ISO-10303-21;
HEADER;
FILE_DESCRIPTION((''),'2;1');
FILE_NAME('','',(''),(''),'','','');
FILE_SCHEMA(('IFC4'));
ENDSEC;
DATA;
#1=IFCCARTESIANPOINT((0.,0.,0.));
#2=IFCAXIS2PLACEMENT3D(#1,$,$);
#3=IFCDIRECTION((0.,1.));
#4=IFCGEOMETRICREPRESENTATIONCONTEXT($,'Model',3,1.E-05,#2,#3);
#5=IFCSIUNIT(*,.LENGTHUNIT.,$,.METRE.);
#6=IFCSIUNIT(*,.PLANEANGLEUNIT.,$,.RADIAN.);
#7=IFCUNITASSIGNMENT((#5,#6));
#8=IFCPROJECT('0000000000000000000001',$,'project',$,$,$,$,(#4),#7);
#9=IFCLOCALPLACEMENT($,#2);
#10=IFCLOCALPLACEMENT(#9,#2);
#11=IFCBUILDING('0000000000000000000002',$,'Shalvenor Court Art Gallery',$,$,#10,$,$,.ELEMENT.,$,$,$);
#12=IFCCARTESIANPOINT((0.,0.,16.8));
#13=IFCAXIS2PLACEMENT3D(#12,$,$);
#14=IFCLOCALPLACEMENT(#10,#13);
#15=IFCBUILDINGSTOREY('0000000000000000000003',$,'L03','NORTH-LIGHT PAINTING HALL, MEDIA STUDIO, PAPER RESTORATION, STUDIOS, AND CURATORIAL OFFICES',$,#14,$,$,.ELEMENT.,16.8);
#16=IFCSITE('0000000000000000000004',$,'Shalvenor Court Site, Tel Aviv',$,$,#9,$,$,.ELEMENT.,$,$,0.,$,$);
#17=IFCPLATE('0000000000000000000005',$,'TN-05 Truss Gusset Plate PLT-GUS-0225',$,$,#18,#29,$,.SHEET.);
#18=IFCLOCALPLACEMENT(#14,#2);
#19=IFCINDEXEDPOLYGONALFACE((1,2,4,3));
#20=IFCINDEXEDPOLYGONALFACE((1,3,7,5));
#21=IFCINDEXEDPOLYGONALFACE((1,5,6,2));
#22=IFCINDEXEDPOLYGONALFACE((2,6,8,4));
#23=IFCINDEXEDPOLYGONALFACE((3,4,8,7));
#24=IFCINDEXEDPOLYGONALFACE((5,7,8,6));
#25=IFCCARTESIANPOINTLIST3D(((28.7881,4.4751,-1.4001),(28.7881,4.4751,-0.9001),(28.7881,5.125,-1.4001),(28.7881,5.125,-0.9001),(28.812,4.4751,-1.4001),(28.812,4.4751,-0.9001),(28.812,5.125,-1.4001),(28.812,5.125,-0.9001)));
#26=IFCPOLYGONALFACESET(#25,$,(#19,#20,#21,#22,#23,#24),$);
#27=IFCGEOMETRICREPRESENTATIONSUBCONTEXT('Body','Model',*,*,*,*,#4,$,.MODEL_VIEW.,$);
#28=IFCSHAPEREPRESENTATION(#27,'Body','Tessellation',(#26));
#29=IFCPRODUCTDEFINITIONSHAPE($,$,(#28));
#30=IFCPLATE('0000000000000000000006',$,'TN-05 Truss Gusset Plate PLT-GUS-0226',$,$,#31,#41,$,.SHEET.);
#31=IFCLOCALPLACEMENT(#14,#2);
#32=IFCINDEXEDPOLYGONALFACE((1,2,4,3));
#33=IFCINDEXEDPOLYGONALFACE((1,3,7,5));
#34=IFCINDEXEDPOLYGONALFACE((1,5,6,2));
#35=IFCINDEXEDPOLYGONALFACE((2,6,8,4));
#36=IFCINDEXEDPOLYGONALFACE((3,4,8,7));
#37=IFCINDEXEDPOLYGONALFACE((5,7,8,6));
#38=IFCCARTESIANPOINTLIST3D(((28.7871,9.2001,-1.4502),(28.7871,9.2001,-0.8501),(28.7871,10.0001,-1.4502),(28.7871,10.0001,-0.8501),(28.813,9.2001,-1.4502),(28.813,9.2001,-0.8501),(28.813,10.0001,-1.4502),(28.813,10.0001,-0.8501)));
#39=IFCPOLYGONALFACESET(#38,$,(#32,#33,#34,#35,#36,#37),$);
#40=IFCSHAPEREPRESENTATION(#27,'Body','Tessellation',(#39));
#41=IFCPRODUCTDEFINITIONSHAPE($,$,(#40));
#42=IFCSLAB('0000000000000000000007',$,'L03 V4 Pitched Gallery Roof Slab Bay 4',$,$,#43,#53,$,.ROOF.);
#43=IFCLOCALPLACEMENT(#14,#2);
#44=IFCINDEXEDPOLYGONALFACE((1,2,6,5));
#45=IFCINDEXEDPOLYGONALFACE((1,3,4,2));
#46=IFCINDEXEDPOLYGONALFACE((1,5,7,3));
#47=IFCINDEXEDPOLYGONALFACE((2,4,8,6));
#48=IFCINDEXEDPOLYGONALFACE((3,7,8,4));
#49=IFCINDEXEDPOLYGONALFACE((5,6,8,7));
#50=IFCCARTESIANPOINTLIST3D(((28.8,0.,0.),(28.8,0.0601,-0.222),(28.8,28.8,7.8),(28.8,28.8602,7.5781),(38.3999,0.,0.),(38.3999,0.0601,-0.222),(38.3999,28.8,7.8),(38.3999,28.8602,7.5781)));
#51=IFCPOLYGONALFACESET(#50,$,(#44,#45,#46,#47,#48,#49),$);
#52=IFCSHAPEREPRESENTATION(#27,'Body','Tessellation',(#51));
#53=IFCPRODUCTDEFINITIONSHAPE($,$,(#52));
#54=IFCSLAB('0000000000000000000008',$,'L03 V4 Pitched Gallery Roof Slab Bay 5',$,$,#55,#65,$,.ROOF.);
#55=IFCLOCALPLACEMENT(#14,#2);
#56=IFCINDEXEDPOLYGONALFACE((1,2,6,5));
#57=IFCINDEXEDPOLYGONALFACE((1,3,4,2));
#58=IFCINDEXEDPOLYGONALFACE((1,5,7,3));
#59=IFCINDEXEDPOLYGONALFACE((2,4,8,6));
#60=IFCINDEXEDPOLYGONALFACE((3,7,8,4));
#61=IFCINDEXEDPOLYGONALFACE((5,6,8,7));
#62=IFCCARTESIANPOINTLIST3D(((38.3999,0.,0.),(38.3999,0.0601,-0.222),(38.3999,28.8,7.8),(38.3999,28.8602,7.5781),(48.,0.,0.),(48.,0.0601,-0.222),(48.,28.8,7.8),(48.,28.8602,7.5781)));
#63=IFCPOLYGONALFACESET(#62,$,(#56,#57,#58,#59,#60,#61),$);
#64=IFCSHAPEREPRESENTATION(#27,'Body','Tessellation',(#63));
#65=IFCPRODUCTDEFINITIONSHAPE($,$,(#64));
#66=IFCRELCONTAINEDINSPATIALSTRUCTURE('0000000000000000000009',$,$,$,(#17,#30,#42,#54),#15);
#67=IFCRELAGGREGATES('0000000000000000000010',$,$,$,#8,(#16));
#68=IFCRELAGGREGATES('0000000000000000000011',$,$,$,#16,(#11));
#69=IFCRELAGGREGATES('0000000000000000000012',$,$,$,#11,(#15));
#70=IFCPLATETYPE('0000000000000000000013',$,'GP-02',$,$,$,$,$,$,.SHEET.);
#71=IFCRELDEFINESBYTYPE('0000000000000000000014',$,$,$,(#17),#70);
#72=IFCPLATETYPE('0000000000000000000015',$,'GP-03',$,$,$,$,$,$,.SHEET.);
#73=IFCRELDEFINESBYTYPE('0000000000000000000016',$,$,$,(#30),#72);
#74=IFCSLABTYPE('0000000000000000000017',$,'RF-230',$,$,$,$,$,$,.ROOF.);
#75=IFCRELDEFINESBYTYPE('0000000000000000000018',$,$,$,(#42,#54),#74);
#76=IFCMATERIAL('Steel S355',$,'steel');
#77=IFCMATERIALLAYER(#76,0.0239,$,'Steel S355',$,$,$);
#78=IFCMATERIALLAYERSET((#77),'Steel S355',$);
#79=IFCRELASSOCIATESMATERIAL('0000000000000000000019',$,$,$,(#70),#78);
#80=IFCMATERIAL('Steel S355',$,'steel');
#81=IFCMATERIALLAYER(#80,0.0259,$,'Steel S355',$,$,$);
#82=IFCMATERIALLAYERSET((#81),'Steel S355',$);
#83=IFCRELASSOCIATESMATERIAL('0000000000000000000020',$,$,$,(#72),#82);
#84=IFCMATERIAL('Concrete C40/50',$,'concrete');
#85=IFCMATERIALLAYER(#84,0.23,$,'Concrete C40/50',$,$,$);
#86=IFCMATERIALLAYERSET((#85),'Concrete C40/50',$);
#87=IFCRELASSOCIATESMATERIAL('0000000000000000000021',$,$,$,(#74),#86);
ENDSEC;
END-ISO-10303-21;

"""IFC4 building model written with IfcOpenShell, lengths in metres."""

from ifc_helpers import new_model, si_unit, direction, frame, origin, origin_2d, place, context, subcontext, project, spatial, polyline, rectangle, outline, extrude, material, layer, layer_set, type_object, element, save


model = new_model("IFC4")

# Units and contexts
model_context = context("Model", 3, precision=1e-05, world=origin(), true_north=direction((0.0, 1.0)))
body_context = subcontext(model_context, "Body", "Model", "MODEL_VIEW")
ifc_project = project(units=[si_unit("LENGTHUNIT", "METRE"), si_unit("PLANEANGLEUNIT", "RADIAN")], contexts=[model_context])

# Site, building, storey
site_placement = place(None, origin())
site = spatial("IfcSite", under=ifc_project, at=site_placement, Name="Shalvenor Court Site, Tel Aviv", CompositionType="ELEMENT", RefElevation=0.0)
building_placement = place(site_placement, origin())
building = spatial("IfcBuilding", under=site, at=building_placement, Name="Shalvenor Court Art Gallery", CompositionType="ELEMENT")
storey_placement = place(building_placement, frame((0.0, 0.0, 16.8)))
storey = spatial("IfcBuildingStorey", under=building, at=storey_placement, Name="L03", Description="NORTH-LIGHT PAINTING HALL, MEDIA STUDIO, PAPER RESTORATION, STUDIOS, AND CURATORIAL OFFICES", CompositionType="ELEMENT", Elevation=16.8)

# Plates
ifc_material_1 = material(Name="Steel S355", Category="steel")
ifc_layer_1 = layer(ifc_material_1, 0.0239, Name="Steel S355")
ifc_layer_set_1 = layer_set([ifc_layer_1], Name="Steel S355")
plate_type_1 = type_object("IfcPlateType", Name="GP-02", PredefinedType="SHEET", material=ifc_layer_set_1)
plate_1_placement = place(storey_placement, frame((28.8, 4.8, -1.4001), z_axis=(0.0, 0.0, 1.0), x_axis=(0.0, 1.0, 0.0)))
element("IfcPlate", 1, at=plate_1_placement, inside=storey, type_object=plate_type_1, Name="TN-05 Truss Gusset Plate PLT-GUS-0225", PredefinedType="SHEET", context=body_context, shape_type="SweptSolid", body=[
    extrude(rectangle(XDim=0.6499, YDim=0.0239, at=origin_2d()), origin(), (0.0, 0.0, 1.0), 0.5),
])
ifc_material_2 = material(Name="Steel S355", Category="steel")
ifc_layer_2 = layer(ifc_material_2, 0.0259, Name="Steel S355")
ifc_layer_set_2 = layer_set([ifc_layer_2], Name="Steel S355")
plate_type_2 = type_object("IfcPlateType", Name="GP-03", PredefinedType="SHEET", material=ifc_layer_set_2)
plate_2_placement = place(storey_placement, frame((28.8, 9.6001, -1.4502), z_axis=(0.0, 0.0, 1.0), x_axis=(0.0, 1.0, 0.0)))
element("IfcPlate", 2, at=plate_2_placement, inside=storey, type_object=plate_type_2, Name="TN-05 Truss Gusset Plate PLT-GUS-0226", PredefinedType="SHEET", context=body_context, shape_type="SweptSolid", body=[
    extrude(rectangle(XDim=0.8, YDim=0.0259, at=origin_2d()), origin(), (0.0, 0.0, 1.0), 0.6001),
])

# Slabs
ifc_material_3 = material(Name="Concrete C40/50", Category="concrete")
ifc_layer_3 = layer(ifc_material_3, 0.23, Name="Concrete C40/50")
ifc_layer_set_3 = layer_set([ifc_layer_3], Name="Concrete C40/50")
slab_type = type_object("IfcSlabType", Name="RF-230", PredefinedType="ROOF", material=ifc_layer_set_3)
slab_1_placement = place(storey_placement, frame((28.8, 0.0, 0.0), z_axis=(0.0, -0.261417, 0.965226), x_axis=(1.0, 0.0, 0.0)))
element("IfcSlab", 3, at=slab_1_placement, inside=storey, type_object=slab_type, Name="L03 V4 Pitched Gallery Roof Slab Bay 4", PredefinedType="ROOF", context=body_context, shape_type="SweptSolid", body=[
    extrude(outline(polyline([(0.0, 0.0), (9.5999, 0.0), (9.5999, 29.8376), (0.0, 29.8376), (0.0, 0.0)])), origin(), (0.0, 0.0, -1.0), 0.23),
])
slab_2_placement = place(storey_placement, frame((38.3999, 0.0, 0.0), z_axis=(0.0, -0.261417, 0.965226), x_axis=(1.0, 0.0, 0.0)))
element("IfcSlab", 4, at=slab_2_placement, inside=storey, type_object=slab_type, Name="L03 V4 Pitched Gallery Roof Slab Bay 5", PredefinedType="ROOF", context=body_context, shape_type="SweptSolid", body=[
    extrude(outline(polyline([(0.0, 0.0), (9.6001, 0.0), (9.6001, 29.8376), (0.0, 29.8376), (0.0, 0.0)])), origin(), (0.0, 0.0, -1.0), 0.23),
])

save(model, "model.ifc")
